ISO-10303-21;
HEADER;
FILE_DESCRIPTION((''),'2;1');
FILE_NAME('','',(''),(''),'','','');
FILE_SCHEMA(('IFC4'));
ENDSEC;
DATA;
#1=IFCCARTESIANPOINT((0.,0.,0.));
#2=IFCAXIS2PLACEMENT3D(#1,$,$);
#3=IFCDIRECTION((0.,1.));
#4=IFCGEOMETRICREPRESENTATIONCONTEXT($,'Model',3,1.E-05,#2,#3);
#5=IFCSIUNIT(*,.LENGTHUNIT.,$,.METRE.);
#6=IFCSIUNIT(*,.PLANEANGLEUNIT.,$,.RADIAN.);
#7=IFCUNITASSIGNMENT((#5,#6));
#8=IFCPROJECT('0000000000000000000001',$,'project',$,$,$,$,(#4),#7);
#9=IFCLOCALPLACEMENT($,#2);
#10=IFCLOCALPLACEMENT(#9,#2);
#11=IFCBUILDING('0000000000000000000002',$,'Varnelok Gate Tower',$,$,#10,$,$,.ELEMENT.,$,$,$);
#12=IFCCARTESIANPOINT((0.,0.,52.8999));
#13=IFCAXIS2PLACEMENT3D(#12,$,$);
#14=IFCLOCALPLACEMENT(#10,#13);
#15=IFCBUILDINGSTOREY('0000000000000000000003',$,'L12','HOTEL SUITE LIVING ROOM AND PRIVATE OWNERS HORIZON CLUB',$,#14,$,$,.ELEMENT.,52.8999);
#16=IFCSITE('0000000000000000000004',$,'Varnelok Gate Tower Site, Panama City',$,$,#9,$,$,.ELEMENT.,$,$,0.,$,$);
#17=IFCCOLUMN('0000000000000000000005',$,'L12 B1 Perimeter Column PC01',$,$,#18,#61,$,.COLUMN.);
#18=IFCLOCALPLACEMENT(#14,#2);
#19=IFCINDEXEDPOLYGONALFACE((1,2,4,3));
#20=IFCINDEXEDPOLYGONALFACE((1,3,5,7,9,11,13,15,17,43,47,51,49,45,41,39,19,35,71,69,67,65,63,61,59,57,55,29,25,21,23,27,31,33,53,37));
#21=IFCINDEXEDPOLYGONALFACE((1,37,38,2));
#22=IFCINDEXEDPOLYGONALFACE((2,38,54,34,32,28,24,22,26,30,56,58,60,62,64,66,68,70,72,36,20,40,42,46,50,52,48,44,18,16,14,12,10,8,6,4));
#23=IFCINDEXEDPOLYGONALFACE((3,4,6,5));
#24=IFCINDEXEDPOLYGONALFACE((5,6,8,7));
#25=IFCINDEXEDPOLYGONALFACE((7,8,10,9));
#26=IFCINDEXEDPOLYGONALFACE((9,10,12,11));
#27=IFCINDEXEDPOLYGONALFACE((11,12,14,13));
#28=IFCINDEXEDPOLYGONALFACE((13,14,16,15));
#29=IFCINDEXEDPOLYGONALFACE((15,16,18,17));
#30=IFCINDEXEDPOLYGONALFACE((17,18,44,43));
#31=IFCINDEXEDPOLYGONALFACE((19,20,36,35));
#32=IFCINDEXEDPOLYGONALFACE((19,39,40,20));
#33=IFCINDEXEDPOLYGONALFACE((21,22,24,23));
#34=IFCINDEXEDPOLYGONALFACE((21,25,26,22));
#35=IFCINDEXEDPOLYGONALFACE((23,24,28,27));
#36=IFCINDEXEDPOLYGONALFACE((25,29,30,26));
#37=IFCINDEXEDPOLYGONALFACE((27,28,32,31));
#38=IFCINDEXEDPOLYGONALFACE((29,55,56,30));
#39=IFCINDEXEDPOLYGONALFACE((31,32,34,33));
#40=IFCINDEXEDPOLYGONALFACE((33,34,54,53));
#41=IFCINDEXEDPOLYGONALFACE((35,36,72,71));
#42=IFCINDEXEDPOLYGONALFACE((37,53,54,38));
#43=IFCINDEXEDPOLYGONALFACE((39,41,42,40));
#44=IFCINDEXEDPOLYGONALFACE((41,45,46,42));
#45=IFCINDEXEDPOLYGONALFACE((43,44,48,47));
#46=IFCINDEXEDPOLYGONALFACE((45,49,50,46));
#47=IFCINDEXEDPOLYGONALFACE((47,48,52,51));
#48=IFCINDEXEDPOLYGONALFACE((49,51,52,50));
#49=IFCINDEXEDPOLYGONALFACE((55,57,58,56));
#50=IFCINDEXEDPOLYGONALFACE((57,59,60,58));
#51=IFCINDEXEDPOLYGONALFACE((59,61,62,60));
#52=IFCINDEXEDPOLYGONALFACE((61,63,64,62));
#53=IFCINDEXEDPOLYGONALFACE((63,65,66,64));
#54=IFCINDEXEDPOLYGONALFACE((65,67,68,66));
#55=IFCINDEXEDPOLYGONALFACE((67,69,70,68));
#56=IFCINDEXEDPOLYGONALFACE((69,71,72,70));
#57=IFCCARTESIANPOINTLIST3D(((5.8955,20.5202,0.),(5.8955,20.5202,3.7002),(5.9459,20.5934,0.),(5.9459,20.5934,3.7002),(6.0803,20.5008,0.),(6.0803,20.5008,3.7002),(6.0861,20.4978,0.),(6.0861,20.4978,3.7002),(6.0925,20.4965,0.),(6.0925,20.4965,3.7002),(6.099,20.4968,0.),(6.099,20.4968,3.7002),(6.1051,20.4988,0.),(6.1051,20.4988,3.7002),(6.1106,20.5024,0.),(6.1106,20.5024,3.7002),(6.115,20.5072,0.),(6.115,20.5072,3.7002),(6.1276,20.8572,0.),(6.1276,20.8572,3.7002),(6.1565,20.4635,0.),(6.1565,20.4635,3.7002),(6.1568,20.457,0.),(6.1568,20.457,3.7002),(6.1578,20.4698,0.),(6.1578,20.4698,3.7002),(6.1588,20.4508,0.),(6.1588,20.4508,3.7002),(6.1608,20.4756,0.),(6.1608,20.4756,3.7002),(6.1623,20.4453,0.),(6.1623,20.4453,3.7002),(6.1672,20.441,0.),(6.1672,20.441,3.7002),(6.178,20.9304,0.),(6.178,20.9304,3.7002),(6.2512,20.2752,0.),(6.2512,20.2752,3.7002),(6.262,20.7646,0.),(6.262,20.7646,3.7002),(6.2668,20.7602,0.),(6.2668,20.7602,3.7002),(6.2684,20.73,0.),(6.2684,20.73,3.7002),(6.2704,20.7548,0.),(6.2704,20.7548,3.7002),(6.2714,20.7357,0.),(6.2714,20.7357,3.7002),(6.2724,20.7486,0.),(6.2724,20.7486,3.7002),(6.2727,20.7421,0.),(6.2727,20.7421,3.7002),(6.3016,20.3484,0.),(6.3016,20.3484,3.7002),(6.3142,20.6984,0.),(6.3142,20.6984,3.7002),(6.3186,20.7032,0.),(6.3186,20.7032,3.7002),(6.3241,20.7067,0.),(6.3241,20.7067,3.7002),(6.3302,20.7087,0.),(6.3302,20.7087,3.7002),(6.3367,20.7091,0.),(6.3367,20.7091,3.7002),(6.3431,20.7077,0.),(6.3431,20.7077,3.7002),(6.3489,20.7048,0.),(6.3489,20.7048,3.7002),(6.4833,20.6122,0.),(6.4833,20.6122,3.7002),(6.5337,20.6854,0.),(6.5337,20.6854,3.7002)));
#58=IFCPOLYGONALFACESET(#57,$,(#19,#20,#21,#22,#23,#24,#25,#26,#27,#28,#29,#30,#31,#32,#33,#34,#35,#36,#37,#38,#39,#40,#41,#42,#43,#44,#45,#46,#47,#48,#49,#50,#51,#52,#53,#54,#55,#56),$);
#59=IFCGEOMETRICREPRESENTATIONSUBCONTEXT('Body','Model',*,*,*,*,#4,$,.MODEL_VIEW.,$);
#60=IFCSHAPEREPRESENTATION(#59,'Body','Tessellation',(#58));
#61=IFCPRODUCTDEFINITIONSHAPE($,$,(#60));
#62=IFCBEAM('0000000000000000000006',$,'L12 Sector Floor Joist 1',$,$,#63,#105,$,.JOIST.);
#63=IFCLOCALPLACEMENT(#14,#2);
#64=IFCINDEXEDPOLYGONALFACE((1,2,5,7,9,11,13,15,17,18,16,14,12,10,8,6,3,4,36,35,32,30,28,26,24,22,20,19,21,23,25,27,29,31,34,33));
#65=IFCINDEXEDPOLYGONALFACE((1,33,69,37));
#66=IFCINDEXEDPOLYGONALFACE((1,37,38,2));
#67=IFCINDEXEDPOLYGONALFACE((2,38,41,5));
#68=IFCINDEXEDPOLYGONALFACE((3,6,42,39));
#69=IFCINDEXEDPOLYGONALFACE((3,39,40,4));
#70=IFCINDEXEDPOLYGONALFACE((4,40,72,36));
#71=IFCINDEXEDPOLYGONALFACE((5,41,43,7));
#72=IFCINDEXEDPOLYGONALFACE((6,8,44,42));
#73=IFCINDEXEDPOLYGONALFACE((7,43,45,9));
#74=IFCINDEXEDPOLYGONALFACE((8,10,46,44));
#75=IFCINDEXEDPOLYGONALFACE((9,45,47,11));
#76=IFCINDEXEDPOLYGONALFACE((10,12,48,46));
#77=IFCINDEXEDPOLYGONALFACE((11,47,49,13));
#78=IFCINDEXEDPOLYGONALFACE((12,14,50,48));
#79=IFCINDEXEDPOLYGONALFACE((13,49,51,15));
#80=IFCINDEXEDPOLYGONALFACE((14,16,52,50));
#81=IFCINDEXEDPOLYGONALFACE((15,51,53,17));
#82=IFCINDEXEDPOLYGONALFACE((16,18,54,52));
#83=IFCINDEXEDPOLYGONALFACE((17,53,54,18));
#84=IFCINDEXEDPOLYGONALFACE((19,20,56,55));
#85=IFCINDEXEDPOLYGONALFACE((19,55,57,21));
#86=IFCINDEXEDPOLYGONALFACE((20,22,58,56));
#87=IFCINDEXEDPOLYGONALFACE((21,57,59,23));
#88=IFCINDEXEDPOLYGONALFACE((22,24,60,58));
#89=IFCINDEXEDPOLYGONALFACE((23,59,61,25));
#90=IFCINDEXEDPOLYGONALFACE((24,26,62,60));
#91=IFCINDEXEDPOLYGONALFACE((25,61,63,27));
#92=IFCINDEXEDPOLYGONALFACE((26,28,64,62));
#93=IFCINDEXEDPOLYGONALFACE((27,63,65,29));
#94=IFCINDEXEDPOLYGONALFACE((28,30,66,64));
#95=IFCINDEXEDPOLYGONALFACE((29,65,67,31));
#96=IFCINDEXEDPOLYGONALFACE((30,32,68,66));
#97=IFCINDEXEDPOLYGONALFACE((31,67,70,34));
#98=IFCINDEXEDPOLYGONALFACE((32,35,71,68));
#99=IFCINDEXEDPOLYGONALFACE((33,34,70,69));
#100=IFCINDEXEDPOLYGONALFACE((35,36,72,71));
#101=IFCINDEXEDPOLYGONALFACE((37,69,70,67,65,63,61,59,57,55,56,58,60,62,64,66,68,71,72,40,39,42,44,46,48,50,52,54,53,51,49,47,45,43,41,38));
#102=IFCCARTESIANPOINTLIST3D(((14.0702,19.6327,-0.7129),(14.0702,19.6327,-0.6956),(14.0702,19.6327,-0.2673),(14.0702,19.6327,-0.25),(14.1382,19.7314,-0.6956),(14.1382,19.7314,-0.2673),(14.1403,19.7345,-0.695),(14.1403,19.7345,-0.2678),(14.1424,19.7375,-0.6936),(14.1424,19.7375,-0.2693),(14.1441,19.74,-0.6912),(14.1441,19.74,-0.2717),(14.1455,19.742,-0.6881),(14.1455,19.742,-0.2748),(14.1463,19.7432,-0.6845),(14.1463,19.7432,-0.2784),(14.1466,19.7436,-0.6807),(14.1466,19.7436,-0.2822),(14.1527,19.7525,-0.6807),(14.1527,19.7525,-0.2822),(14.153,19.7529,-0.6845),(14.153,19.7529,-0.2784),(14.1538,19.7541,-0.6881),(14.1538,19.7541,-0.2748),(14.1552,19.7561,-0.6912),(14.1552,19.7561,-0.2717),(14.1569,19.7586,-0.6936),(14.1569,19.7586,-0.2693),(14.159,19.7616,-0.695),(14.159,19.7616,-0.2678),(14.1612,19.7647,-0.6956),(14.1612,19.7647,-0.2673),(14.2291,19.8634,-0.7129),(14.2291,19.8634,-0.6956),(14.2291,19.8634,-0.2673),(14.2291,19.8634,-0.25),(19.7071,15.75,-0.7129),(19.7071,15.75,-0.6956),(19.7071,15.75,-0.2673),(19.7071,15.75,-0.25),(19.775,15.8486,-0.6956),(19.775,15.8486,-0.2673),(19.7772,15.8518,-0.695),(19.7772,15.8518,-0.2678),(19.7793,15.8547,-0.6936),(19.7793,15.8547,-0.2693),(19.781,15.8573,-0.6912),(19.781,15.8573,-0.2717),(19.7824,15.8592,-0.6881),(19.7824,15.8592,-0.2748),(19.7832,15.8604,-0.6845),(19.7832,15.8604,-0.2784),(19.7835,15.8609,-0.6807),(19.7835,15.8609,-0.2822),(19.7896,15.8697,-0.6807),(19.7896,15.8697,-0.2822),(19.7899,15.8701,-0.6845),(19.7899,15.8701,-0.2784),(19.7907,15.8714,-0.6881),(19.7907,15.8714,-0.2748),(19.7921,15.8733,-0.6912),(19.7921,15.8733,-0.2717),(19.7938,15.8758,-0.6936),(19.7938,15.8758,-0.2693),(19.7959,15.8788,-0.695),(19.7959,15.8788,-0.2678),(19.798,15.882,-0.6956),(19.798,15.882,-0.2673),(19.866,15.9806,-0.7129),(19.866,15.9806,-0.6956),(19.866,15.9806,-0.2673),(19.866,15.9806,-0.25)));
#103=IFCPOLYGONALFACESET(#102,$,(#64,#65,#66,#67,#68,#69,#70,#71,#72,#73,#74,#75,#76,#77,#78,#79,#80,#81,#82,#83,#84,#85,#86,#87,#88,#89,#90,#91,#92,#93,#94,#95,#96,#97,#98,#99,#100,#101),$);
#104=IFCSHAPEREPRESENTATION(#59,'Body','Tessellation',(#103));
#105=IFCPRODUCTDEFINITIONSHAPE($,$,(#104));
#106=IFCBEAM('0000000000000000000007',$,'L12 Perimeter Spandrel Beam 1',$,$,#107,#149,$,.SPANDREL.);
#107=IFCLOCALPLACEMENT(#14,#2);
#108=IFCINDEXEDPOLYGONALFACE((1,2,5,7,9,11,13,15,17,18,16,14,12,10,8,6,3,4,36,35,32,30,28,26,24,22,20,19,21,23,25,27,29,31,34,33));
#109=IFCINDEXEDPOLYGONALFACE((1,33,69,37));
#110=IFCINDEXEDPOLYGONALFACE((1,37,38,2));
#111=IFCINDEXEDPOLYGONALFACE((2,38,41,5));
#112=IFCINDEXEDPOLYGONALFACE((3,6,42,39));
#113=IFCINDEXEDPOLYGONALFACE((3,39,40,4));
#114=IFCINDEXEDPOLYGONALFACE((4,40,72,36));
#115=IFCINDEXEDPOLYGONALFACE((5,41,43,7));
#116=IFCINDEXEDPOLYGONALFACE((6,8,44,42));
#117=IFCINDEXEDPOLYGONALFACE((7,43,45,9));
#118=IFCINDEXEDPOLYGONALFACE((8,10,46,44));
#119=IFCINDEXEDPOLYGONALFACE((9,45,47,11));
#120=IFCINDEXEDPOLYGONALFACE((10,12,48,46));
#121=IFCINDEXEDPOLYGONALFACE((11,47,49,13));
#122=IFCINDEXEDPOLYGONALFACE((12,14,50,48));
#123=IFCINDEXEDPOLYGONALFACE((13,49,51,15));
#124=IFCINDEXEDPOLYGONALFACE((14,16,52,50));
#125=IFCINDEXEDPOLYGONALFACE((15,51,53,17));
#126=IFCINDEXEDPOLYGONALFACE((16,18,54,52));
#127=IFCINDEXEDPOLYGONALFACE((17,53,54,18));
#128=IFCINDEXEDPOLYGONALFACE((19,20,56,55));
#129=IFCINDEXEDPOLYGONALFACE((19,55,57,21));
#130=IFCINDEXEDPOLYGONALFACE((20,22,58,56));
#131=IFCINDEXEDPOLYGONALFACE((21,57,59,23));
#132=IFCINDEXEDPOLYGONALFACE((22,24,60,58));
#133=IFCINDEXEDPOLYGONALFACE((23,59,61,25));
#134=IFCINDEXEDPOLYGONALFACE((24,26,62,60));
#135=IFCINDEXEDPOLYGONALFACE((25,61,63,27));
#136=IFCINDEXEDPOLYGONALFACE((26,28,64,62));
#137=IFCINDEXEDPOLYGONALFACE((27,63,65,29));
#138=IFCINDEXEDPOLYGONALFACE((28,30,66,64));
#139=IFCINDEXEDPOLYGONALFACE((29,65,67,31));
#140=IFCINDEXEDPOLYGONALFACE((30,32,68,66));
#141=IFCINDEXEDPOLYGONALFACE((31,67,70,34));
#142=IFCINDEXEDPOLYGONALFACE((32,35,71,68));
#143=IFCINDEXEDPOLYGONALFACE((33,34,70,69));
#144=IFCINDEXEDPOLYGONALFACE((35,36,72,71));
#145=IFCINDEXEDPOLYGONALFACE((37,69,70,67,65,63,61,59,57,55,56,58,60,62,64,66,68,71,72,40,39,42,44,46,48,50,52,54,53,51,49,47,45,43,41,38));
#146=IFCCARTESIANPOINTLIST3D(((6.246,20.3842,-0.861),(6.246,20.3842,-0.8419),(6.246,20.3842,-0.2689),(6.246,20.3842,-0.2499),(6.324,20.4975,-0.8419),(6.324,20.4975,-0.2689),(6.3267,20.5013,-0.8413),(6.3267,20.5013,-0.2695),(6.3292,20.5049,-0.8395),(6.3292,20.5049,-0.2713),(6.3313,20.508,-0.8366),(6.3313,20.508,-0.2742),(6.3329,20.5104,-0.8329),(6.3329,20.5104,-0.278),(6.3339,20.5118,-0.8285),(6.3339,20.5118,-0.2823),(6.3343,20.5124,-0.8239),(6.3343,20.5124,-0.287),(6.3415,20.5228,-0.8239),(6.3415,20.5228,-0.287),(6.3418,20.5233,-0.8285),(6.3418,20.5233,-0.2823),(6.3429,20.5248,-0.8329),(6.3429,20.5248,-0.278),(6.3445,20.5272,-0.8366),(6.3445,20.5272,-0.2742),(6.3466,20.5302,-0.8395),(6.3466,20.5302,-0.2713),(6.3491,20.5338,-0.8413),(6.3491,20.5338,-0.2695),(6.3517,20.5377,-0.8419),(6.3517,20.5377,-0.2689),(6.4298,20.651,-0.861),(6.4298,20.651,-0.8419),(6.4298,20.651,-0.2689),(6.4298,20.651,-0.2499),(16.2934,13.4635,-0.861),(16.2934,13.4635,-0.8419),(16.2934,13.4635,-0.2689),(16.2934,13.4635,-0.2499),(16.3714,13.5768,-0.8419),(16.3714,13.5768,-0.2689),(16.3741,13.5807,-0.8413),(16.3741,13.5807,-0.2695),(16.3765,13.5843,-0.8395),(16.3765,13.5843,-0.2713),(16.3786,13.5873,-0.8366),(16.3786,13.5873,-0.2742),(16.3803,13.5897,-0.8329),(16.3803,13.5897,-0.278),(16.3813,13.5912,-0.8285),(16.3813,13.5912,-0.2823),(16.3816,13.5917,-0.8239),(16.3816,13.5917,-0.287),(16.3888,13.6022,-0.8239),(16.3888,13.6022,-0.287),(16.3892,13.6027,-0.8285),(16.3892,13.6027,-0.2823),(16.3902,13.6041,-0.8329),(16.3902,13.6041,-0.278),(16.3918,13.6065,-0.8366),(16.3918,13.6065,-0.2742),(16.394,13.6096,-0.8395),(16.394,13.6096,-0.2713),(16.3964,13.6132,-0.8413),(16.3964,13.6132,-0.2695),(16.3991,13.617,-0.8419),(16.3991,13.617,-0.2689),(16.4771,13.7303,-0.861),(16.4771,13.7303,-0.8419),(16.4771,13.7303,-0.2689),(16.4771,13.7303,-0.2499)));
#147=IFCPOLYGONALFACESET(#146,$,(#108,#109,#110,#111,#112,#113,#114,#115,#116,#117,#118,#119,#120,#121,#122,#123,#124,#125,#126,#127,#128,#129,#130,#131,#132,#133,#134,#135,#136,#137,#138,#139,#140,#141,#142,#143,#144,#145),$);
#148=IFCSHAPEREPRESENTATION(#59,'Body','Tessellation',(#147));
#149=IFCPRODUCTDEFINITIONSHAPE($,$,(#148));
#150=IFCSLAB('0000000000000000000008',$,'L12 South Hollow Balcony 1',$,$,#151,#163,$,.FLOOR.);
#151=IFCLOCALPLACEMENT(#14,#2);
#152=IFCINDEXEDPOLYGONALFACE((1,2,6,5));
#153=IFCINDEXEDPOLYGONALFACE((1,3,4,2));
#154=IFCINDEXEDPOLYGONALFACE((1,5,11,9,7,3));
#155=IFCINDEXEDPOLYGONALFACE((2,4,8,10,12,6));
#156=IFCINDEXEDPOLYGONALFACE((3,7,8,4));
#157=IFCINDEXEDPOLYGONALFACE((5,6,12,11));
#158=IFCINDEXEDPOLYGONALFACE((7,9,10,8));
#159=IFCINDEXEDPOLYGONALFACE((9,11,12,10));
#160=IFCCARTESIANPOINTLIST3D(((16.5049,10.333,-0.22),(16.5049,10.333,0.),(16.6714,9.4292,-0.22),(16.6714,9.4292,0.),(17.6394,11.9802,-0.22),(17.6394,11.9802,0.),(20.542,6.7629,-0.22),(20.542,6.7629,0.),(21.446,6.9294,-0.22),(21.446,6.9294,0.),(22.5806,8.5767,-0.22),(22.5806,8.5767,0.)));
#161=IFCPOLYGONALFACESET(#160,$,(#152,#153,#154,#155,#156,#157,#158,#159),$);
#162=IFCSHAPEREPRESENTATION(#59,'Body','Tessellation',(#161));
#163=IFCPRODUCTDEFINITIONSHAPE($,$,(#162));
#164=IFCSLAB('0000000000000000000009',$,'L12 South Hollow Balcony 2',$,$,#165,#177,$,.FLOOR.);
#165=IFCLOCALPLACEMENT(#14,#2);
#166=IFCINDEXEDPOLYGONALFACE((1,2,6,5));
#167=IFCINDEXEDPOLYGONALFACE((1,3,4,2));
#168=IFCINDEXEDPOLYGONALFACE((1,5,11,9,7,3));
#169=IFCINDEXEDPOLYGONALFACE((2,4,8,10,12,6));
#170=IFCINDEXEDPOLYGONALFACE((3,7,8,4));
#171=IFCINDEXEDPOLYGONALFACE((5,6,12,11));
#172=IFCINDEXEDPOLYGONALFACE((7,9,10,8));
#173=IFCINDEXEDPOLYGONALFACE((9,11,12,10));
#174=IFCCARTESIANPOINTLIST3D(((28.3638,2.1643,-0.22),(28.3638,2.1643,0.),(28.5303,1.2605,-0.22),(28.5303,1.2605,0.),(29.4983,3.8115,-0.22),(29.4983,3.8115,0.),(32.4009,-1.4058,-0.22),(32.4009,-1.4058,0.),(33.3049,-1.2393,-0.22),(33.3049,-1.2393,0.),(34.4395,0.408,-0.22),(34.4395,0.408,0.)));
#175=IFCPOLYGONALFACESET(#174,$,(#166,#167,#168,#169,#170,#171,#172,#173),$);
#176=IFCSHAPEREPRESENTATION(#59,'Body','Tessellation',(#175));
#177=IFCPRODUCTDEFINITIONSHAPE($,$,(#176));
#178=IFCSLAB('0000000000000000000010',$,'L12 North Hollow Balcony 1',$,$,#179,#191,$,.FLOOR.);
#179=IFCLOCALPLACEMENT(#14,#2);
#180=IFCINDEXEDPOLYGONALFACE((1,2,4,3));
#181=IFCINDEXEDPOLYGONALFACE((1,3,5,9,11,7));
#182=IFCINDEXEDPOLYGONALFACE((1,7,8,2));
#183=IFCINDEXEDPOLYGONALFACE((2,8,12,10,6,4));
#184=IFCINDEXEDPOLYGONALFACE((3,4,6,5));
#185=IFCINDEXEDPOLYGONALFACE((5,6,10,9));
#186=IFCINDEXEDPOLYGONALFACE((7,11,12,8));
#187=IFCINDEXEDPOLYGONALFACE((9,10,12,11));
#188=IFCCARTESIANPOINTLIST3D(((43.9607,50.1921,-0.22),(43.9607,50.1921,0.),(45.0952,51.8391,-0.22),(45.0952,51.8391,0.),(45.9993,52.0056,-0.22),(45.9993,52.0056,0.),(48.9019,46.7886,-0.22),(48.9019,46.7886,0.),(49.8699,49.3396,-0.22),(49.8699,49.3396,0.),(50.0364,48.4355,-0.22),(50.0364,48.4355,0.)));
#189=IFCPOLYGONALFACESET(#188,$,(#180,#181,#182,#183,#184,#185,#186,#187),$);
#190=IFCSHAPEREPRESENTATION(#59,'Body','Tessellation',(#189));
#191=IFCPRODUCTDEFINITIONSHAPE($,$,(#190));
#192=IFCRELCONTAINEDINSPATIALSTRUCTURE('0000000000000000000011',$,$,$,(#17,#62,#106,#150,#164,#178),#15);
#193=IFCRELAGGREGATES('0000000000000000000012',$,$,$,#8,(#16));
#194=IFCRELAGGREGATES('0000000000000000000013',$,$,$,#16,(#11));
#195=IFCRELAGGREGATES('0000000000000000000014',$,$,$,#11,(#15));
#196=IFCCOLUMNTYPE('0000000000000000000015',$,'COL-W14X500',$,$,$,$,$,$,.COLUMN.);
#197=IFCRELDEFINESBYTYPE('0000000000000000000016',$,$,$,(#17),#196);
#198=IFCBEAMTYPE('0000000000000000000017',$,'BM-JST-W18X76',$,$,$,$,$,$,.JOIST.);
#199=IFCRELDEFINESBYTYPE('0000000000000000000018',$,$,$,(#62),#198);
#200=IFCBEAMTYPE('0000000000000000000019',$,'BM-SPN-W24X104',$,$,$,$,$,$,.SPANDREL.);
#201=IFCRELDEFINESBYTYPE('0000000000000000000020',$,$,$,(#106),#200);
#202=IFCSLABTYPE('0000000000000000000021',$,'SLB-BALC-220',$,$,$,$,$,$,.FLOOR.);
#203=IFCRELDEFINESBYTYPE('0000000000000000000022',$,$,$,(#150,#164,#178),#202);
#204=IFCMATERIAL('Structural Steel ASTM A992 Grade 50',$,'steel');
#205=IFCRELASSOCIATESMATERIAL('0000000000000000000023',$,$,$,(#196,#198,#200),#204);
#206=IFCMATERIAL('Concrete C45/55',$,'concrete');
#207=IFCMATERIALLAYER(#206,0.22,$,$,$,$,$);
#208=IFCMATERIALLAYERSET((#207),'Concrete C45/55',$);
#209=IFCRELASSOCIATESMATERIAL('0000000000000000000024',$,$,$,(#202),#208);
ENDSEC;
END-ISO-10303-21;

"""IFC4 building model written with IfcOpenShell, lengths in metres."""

from ifc_helpers import new_model, si_unit, direction, frame, origin, origin_2d, place, context, subcontext, project, spatial, polyline, i_section, outline, extrude, material, layer, layer_set, material_profile, profile_set, type_object, element, save


model = new_model("IFC4")

# Units and contexts
model_context = context("Model", 3, precision=1e-05, world=origin(), true_north=direction((0.0, 1.0)))
body_context = subcontext(model_context, "Body", "Model", "MODEL_VIEW")
ifc_project = project(units=[si_unit("LENGTHUNIT", "METRE"), si_unit("PLANEANGLEUNIT", "RADIAN")], contexts=[model_context])

# Site, building, storey
site_placement = place(None, origin())
site = spatial("IfcSite", under=ifc_project, at=site_placement, Name="Varnelok Gate Tower Site, Panama City", CompositionType="ELEMENT", RefElevation=0.0)
building_placement = place(site_placement, origin())
building = spatial("IfcBuilding", under=site, at=building_placement, Name="Varnelok Gate Tower", CompositionType="ELEMENT")
storey_placement = place(building_placement, frame((0.0, 0.0, 52.8999)))
storey = spatial("IfcBuildingStorey", under=building, at=storey_placement, Name="L12", Description="HOTEL SUITE LIVING ROOM AND PRIVATE OWNERS HORIZON CLUB", CompositionType="ELEMENT", Elevation=52.8999)

# Column
ifc_material_1 = material(Name="Structural Steel ASTM A992 Grade 50", Category="steel")
ifc_material_profile_1 = material_profile(ifc_material_1, i_section(OverallWidth=0.4319, OverallDepth=0.498, WebThickness=0.0557, FlangeThickness=0.0889, FilletRadius=0.0249, at=origin_2d()), Name="W14X500")
ifc_profile_set_1 = profile_set([ifc_material_profile_1], Name="Structural Steel ASTM A992 Grade 50")
column_type = type_object("IfcColumnType", Name="COL-W14X500", PredefinedType="COLUMN", material=ifc_profile_set_1)
column_placement = place(storey_placement, frame((6.2146, 20.6028, 0.0), z_axis=(0.0, 0.0, 1.0), x_axis=(0.823533, -0.567269, 0.0)))
element("IfcColumn", 1, at=column_placement, inside=storey, type_object=column_type, Name="L12 B1 Perimeter Column PC01", PredefinedType="COLUMN", context=body_context, shape_type="SweptSolid", body=[
    extrude(i_section(OverallWidth=0.4319, OverallDepth=0.498, WebThickness=0.0557, FlangeThickness=0.0889, FilletRadius=0.0249, at=origin_2d()), origin(), (0.0, 0.0, 1.0), 3.7002),
])

# Beams
ifc_material_profile_2 = material_profile(ifc_material_1, i_section(OverallWidth=0.28, OverallDepth=0.4629, WebThickness=0.0107, FlangeThickness=0.0173, FilletRadius=0.0149, at=origin_2d()), Name="W18X76")
ifc_profile_set_2 = profile_set([ifc_material_profile_2], Name="Structural Steel ASTM A992 Grade 50")
beam_type_1 = type_object("IfcBeamType", Name="BM-JST-W18X76", PredefinedType="JOIST", material=ifc_profile_set_2)
beam_1_placement = place(storey_placement, frame((14.1497, 19.748, -0.4814), z_axis=(0.823537, -0.567263, 0.0), x_axis=(0.567263, 0.823537, 0.0)))
element("IfcBeam", 2, at=beam_1_placement, inside=storey, type_object=beam_type_1, Name="L12 Sector Floor Joist 1", PredefinedType="JOIST", context=body_context, shape_type="SweptSolid", body=[
    extrude(i_section(OverallWidth=0.28, OverallDepth=0.4629, WebThickness=0.0107, FlangeThickness=0.0173, FilletRadius=0.0149, at=origin_2d()), origin(), (0.0, 0.0, 1.0), 6.8447),
])
ifc_material_profile_3 = material_profile(ifc_material_1, i_section(OverallWidth=0.324, OverallDepth=0.6111, WebThickness=0.0127, FlangeThickness=0.019, FilletRadius=0.0181, at=origin_2d()), Name="W24X104")
ifc_profile_set_3 = profile_set([ifc_material_profile_3], Name="Structural Steel ASTM A992 Grade 50")
beam_type_2 = type_object("IfcBeamType", Name="BM-SPN-W24X104", PredefinedType="SPANDREL", material=ifc_profile_set_3)
beam_2_placement = place(storey_placement, frame((6.3379, 20.5176, -0.5554), z_axis=(0.823541, -0.567257, 0.0), x_axis=(0.567257, 0.823541, 0.0)))
element("IfcBeam", 3, at=beam_2_placement, inside=storey, type_object=beam_type_2, Name="L12 Perimeter Spandrel Beam 1", PredefinedType="SPANDREL", context=body_context, shape_type="SweptSolid", body=[
    extrude(i_section(OverallWidth=0.324, OverallDepth=0.6111, WebThickness=0.0127, FlangeThickness=0.019, FilletRadius=0.0181, at=origin_2d()), origin(), (0.0, 0.0, 1.0), 12.2002),
])

# Slabs
ifc_material_2 = material(Name="Concrete C45/55", Category="concrete")
ifc_layer_1 = layer(ifc_material_2, 0.22)
ifc_layer_set_1 = layer_set([ifc_layer_1], Name="Concrete C45/55")
slab_type_1 = type_object("IfcSlabType", Name="SLB-BALC-220", PredefinedType="FLOOR", material=ifc_layer_set_1)
slab_1_placement = place(storey_placement, frame((0.0, 0.0, -0.22)))
element("IfcSlab", 4, at=slab_1_placement, inside=storey, type_object=slab_type_1, Name="L12 South Hollow Balcony 1", PredefinedType="FLOOR", context=body_context, shape_type="SweptSolid", body=[
    extrude(outline(polyline([(16.5049, 10.333), (16.6714, 9.4292), (20.542, 6.7629), (21.446, 6.9294), (22.5806, 8.5767), (17.6394, 11.9802), (16.5049, 10.333)])), origin(), (0.0, 0.0, 1.0), 0.22),
])
slab_2_placement = place(storey_placement, frame((0.0, 0.0, -0.22)))
element("IfcSlab", 5, at=slab_2_placement, inside=storey, type_object=slab_type_1, Name="L12 South Hollow Balcony 2", PredefinedType="FLOOR", context=body_context, shape_type="SweptSolid", body=[
    extrude(outline(polyline([(28.3638, 2.1643), (28.5303, 1.2605), (32.4009, -1.4058), (33.3049, -1.2393), (34.4395, 0.408), (29.4983, 3.8115), (28.3638, 2.1643)])), origin(), (0.0, 0.0, 1.0), 0.22),
])
slab_3_placement = place(storey_placement, frame((0.0, 0.0, -0.22)))
element("IfcSlab", 6, at=slab_3_placement, inside=storey, type_object=slab_type_1, Name="L12 North Hollow Balcony 1", PredefinedType="FLOOR", context=body_context, shape_type="SweptSolid", body=[
    extrude(outline(polyline([(43.9607, 50.1921), (48.9019, 46.7886), (50.0364, 48.4355), (49.8699, 49.3396), (45.9993, 52.0056), (45.0952, 51.8391), (43.9607, 50.1921)])), origin(), (0.0, 0.0, 1.0), 0.22),
])

save(model, "model.ifc")
